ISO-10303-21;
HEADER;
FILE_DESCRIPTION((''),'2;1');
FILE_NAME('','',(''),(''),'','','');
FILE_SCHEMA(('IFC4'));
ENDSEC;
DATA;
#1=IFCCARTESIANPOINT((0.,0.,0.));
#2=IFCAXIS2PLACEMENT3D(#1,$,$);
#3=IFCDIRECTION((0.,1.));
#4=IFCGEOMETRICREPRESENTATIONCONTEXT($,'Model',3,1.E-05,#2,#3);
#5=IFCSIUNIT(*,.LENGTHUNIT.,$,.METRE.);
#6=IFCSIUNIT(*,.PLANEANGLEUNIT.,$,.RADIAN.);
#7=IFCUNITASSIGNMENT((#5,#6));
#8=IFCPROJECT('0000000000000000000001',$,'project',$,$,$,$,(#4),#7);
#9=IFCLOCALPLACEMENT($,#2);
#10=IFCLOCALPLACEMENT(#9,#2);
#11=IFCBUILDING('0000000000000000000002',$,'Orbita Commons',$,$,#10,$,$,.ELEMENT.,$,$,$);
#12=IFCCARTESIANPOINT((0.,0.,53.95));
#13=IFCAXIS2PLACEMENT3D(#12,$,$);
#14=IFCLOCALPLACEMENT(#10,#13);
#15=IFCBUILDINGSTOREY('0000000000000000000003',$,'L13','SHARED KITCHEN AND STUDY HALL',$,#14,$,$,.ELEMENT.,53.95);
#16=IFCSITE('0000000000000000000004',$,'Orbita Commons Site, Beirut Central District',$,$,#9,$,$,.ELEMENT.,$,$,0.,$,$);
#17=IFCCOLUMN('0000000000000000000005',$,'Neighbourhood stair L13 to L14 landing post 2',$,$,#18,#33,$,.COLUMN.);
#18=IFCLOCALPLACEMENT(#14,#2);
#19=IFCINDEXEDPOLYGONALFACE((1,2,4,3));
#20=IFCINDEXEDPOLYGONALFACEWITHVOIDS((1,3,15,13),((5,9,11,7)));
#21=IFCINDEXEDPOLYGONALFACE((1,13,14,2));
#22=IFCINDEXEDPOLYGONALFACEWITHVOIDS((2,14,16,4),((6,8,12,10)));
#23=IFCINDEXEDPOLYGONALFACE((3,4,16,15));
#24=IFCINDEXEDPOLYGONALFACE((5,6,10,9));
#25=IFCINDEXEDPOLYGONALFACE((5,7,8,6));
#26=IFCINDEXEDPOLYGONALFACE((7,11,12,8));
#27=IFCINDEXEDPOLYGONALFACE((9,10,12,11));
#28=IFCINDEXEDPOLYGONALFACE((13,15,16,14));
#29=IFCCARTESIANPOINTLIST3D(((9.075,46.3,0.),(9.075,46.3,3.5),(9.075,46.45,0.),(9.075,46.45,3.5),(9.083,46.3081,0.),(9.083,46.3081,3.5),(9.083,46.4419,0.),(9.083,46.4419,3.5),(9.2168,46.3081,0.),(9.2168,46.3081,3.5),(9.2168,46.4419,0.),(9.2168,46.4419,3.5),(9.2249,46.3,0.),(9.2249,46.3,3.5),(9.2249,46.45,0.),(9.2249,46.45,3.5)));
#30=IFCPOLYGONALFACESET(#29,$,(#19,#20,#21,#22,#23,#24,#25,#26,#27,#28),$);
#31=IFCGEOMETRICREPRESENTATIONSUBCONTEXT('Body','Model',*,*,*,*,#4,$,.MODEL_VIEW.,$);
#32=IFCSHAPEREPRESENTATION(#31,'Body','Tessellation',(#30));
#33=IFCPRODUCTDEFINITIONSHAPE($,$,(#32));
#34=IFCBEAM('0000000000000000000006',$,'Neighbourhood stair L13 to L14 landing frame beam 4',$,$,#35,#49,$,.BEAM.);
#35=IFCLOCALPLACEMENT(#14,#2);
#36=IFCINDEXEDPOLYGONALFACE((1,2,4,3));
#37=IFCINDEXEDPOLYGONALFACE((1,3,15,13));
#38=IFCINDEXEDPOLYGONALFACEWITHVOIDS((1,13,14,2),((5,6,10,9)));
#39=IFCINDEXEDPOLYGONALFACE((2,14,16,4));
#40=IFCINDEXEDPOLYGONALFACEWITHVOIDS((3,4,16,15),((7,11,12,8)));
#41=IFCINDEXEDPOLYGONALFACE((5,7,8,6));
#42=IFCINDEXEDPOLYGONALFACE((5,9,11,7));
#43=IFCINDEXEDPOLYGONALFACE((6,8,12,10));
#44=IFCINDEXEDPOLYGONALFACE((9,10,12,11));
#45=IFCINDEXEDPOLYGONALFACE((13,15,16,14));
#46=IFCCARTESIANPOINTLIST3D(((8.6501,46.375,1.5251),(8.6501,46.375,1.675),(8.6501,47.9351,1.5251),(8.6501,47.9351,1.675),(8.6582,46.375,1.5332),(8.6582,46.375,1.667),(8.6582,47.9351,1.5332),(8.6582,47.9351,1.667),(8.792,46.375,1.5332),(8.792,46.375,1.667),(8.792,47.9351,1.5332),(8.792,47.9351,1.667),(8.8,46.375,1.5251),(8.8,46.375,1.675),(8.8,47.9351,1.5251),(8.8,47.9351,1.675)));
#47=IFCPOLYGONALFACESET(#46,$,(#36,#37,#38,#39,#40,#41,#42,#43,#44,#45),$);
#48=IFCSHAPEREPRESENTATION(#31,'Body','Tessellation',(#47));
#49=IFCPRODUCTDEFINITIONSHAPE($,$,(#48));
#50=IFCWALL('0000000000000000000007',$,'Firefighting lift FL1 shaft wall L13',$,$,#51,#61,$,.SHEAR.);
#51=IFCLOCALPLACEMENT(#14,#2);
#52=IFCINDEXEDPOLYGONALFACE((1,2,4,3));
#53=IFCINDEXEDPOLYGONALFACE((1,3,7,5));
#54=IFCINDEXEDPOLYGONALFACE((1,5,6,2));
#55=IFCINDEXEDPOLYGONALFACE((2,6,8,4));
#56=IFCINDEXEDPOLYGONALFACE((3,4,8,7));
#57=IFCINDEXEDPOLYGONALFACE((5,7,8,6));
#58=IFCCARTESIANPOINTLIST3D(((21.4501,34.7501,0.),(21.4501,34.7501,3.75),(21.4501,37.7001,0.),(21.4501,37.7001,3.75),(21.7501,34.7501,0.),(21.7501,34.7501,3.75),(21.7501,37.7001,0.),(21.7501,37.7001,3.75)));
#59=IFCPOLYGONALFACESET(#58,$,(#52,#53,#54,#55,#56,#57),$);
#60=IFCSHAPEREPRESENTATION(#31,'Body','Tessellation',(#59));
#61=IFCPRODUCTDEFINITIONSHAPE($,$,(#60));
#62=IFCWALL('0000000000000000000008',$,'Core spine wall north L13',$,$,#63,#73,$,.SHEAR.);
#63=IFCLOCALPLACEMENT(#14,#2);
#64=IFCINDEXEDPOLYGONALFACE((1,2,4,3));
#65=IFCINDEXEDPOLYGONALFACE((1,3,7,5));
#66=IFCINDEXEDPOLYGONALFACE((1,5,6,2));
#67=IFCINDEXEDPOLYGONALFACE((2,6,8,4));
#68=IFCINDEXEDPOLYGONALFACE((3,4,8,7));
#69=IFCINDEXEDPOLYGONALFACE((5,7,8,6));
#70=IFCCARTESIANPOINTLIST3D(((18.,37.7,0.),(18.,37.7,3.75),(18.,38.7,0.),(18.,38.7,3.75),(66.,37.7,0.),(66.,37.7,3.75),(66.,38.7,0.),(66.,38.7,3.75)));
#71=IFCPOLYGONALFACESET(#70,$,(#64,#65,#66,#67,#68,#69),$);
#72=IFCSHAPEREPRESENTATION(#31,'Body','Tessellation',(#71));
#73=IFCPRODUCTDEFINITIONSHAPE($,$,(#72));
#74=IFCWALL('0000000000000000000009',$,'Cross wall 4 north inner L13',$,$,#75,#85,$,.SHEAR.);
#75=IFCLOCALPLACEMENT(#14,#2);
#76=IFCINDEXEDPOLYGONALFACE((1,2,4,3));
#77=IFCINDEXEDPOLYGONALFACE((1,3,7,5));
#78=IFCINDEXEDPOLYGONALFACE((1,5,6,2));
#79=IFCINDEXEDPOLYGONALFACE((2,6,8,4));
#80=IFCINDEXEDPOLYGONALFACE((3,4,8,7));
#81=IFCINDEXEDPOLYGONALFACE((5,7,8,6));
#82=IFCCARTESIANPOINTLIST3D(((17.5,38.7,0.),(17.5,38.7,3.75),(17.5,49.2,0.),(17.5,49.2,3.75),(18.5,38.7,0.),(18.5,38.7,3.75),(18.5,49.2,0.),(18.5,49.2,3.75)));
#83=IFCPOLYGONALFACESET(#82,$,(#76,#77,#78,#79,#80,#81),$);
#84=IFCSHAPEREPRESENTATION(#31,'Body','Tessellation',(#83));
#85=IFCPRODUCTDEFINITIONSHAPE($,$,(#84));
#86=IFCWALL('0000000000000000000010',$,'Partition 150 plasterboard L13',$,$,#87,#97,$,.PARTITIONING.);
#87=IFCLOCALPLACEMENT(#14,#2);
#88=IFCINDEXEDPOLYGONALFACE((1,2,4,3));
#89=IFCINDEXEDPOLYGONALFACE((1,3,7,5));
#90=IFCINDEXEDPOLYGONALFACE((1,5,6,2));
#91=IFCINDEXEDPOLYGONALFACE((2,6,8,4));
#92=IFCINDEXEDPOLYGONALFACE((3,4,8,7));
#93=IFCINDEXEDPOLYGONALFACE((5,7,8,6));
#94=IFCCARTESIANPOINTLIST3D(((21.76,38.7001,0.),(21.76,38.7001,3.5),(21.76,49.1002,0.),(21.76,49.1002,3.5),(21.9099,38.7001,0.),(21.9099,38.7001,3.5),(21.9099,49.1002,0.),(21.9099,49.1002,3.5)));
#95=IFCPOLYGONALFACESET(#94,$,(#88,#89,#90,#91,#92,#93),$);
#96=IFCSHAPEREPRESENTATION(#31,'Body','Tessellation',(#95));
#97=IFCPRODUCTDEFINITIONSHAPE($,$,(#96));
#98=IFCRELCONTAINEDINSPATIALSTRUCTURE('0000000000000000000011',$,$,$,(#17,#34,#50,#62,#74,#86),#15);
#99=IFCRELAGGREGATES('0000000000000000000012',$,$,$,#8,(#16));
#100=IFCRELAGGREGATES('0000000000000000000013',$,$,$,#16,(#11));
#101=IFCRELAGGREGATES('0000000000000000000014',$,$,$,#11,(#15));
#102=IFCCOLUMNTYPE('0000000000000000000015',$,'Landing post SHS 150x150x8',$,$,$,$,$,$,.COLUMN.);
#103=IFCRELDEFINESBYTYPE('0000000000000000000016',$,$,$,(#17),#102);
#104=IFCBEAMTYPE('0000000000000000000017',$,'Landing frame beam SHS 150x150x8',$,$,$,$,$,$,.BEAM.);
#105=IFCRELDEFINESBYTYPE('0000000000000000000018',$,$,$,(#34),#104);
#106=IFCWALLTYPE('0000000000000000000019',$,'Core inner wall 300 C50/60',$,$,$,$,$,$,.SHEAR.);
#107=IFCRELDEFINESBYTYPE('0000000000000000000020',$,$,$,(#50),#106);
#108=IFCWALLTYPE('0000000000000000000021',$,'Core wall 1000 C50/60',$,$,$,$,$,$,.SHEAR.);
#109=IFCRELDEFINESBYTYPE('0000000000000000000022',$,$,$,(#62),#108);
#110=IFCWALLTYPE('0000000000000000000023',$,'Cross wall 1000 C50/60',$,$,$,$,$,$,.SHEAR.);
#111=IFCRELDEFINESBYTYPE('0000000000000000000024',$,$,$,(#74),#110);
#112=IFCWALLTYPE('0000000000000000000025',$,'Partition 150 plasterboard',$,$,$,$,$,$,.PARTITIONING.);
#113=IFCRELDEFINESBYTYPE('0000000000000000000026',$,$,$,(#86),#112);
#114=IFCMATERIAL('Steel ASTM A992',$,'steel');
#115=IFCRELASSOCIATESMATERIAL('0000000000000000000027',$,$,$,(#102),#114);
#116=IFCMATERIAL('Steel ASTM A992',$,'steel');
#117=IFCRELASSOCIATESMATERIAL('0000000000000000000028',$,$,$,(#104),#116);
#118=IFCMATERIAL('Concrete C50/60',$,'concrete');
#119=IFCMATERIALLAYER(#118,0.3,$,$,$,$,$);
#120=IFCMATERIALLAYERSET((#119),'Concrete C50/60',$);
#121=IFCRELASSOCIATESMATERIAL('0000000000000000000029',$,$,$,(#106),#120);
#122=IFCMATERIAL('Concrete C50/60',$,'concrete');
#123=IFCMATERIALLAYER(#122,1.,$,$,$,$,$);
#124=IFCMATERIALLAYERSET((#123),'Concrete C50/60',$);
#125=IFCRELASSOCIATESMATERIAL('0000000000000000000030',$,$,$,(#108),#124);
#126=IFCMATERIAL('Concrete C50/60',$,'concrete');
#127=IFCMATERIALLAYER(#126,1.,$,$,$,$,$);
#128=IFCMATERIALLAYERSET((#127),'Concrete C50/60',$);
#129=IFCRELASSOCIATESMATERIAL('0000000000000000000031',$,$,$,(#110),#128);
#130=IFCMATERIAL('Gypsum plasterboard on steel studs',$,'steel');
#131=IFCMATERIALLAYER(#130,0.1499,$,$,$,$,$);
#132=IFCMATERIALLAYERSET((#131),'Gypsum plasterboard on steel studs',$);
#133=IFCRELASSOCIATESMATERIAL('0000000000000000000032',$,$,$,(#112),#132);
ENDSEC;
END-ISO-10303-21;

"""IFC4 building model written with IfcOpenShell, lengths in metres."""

from ifc_helpers import new_model, si_unit, direction, frame, frame_2d, origin, origin_2d, place, context, subcontext, project, spatial, rectangle, hollow_rectangle, extrude, material, layer, layer_set, material_profile, profile_set, type_object, element, save


model = new_model("IFC4")

# Units and contexts
model_context = context("Model", 3, precision=1e-05, world=origin(), true_north=direction((0.0, 1.0)))
body_context = subcontext(model_context, "Body", "Model", "MODEL_VIEW")
ifc_project = project(units=[si_unit("LENGTHUNIT", "METRE"), si_unit("PLANEANGLEUNIT", "RADIAN")], contexts=[model_context])

# Site, building, storey
site_placement = place(None, origin())
site = spatial("IfcSite", under=ifc_project, at=site_placement, Name="Orbita Commons Site, Beirut Central District", CompositionType="ELEMENT", RefElevation=0.0)
building_placement = place(site_placement, origin())
building = spatial("IfcBuilding", under=site, at=building_placement, Name="Orbita Commons", CompositionType="ELEMENT")
storey_placement = place(building_placement, frame((0.0, 0.0, 53.95)))
storey = spatial("IfcBuildingStorey", under=building, at=storey_placement, Name="L13", Description="SHARED KITCHEN AND STUDY HALL", CompositionType="ELEMENT", Elevation=53.95)

# Column
ifc_material_1 = material(Name="Steel ASTM A992", Category="steel")
ifc_material_profile_1 = material_profile(ifc_material_1, hollow_rectangle(XDim=0.1499, YDim=0.1499, WallThickness=0.0081, at=origin_2d()), Name="SHS 150x150x8")
ifc_profile_set_1 = profile_set([ifc_material_profile_1], Name="Steel ASTM A992")
column_type = type_object("IfcColumnType", Name="Landing post SHS 150x150x8", PredefinedType="COLUMN", material=ifc_profile_set_1)
column_placement = place(storey_placement, frame((9.1499, 46.375, 0.0), z_axis=(0.0, 0.0, 1.0), x_axis=(1.0, 0.0, 0.0)))
element("IfcColumn", 1, at=column_placement, inside=storey, type_object=column_type, Name="Neighbourhood stair L13 to L14 landing post 2", PredefinedType="COLUMN", context=body_context, shape_type="SweptSolid", body=[
    extrude(hollow_rectangle(XDim=0.1499, YDim=0.1499, WallThickness=0.0081, at=origin_2d()), origin(), (0.0, 0.0, 1.0), 3.5),
])

# Beam
ifc_material_2 = material(Name="Steel ASTM A992", Category="steel")
ifc_material_profile_2 = material_profile(ifc_material_2, hollow_rectangle(XDim=0.1499, YDim=0.1499, WallThickness=0.0081, at=origin_2d()), Name="SHS 150x150x8")
ifc_profile_set_2 = profile_set([ifc_material_profile_2], Name="Steel ASTM A992")
beam_type = type_object("IfcBeamType", Name="Landing frame beam SHS 150x150x8", PredefinedType="BEAM", material=ifc_profile_set_2)
beam_placement = place(storey_placement, frame((8.7251, 46.375, 1.6001), z_axis=(0.0, 1.0, 0.0), x_axis=(-1.0, 0.0, 0.0)))
element("IfcBeam", 2, at=beam_placement, inside=storey, type_object=beam_type, Name="Neighbourhood stair L13 to L14 landing frame beam 4", PredefinedType="BEAM", context=body_context, shape_type="SweptSolid", body=[
    extrude(hollow_rectangle(XDim=0.1499, YDim=0.1499, WallThickness=0.0081, at=origin_2d()), origin(), (0.0, 0.0, 1.0), 1.5601),
])

# Shared definitions
ifc_material_3 = material(Name="Concrete C50/60", Category="concrete")
ifc_layer_1 = layer(ifc_material_3, 0.3)
ifc_layer_set_1 = layer_set([ifc_layer_1], Name="Concrete C50/60")
wall_type_1 = type_object("IfcWallType", Name="Core inner wall 300 C50/60", PredefinedType="SHEAR", material=ifc_layer_set_1)

# Walls
wall_1_placement = place(storey_placement, frame((21.6001, 34.75, 0.0), z_axis=(0.0, 0.0, 1.0), x_axis=(0.0, 1.0, 0.0)))
element("IfcWall", 3, at=wall_1_placement, inside=storey, type_object=wall_type_1, Name="Firefighting lift FL1 shaft wall L13", PredefinedType="SHEAR", context=body_context, shape_type="SweptSolid", body=[
    extrude(rectangle(XDim=2.95, YDim=0.3, at=frame_2d((1.4751, 0.0))), origin(), (0.0, 0.0, 1.0), 3.75),
])
ifc_material_4 = material(Name="Concrete C50/60", Category="concrete")
ifc_layer_2 = layer(ifc_material_4, 1.0)
ifc_layer_set_2 = layer_set([ifc_layer_2], Name="Concrete C50/60")
wall_type_2 = type_object("IfcWallType", Name="Core wall 1000 C50/60", PredefinedType="SHEAR", material=ifc_layer_set_2)
wall_2_placement = place(storey_placement, frame((18.0, 38.2, 0.0), z_axis=(0.0, 0.0, 1.0), x_axis=(1.0, 0.0, 0.0)))
element("IfcWall", 4, at=wall_2_placement, inside=storey, type_object=wall_type_2, Name="Core spine wall north L13", PredefinedType="SHEAR", context=body_context, shape_type="SweptSolid", body=[
    extrude(rectangle(XDim=48.0, YDim=1.0, at=frame_2d((24.0, 0.0))), origin(), (0.0, 0.0, 1.0), 3.75),
])
ifc_material_5 = material(Name="Concrete C50/60", Category="concrete")
ifc_layer_3 = layer(ifc_material_5, 1.0)
ifc_layer_set_3 = layer_set([ifc_layer_3], Name="Concrete C50/60")
wall_type_3 = type_object("IfcWallType", Name="Cross wall 1000 C50/60", PredefinedType="SHEAR", material=ifc_layer_set_3)
wall_3_placement = place(storey_placement, frame((18.0, 38.7, 0.0), z_axis=(0.0, 0.0, 1.0), x_axis=(0.0, 1.0, 0.0)))
element("IfcWall", 5, at=wall_3_placement, inside=storey, type_object=wall_type_3, Name="Cross wall 4 north inner L13", PredefinedType="SHEAR", context=body_context, shape_type="SweptSolid", body=[
    extrude(rectangle(XDim=10.5, YDim=1.0, at=frame_2d((5.25, 0.0))), origin(), (0.0, 0.0, 1.0), 3.75),
])
ifc_material_6 = material(Name="Gypsum plasterboard on steel studs", Category="steel")
ifc_layer_4 = layer(ifc_material_6, 0.1499)
ifc_layer_set_4 = layer_set([ifc_layer_4], Name="Gypsum plasterboard on steel studs")
wall_type_4 = type_object("IfcWallType", Name="Partition 150 plasterboard", PredefinedType="PARTITIONING", material=ifc_layer_set_4)
wall_4_placement = place(storey_placement, frame((21.835, 38.7, 0.0), z_axis=(0.0, 0.0, 1.0), x_axis=(0.0, 1.0, 0.0)))
element("IfcWall", 6, at=wall_4_placement, inside=storey, type_object=wall_type_4, Name="Partition 150 plasterboard L13", PredefinedType="PARTITIONING", context=body_context, shape_type="SweptSolid", body=[
    extrude(rectangle(XDim=10.4001, YDim=0.1499, at=frame_2d((5.2002, 0.0))), origin(), (0.0, 0.0, 1.0), 3.5),
])

save(model, "model.ifc")
